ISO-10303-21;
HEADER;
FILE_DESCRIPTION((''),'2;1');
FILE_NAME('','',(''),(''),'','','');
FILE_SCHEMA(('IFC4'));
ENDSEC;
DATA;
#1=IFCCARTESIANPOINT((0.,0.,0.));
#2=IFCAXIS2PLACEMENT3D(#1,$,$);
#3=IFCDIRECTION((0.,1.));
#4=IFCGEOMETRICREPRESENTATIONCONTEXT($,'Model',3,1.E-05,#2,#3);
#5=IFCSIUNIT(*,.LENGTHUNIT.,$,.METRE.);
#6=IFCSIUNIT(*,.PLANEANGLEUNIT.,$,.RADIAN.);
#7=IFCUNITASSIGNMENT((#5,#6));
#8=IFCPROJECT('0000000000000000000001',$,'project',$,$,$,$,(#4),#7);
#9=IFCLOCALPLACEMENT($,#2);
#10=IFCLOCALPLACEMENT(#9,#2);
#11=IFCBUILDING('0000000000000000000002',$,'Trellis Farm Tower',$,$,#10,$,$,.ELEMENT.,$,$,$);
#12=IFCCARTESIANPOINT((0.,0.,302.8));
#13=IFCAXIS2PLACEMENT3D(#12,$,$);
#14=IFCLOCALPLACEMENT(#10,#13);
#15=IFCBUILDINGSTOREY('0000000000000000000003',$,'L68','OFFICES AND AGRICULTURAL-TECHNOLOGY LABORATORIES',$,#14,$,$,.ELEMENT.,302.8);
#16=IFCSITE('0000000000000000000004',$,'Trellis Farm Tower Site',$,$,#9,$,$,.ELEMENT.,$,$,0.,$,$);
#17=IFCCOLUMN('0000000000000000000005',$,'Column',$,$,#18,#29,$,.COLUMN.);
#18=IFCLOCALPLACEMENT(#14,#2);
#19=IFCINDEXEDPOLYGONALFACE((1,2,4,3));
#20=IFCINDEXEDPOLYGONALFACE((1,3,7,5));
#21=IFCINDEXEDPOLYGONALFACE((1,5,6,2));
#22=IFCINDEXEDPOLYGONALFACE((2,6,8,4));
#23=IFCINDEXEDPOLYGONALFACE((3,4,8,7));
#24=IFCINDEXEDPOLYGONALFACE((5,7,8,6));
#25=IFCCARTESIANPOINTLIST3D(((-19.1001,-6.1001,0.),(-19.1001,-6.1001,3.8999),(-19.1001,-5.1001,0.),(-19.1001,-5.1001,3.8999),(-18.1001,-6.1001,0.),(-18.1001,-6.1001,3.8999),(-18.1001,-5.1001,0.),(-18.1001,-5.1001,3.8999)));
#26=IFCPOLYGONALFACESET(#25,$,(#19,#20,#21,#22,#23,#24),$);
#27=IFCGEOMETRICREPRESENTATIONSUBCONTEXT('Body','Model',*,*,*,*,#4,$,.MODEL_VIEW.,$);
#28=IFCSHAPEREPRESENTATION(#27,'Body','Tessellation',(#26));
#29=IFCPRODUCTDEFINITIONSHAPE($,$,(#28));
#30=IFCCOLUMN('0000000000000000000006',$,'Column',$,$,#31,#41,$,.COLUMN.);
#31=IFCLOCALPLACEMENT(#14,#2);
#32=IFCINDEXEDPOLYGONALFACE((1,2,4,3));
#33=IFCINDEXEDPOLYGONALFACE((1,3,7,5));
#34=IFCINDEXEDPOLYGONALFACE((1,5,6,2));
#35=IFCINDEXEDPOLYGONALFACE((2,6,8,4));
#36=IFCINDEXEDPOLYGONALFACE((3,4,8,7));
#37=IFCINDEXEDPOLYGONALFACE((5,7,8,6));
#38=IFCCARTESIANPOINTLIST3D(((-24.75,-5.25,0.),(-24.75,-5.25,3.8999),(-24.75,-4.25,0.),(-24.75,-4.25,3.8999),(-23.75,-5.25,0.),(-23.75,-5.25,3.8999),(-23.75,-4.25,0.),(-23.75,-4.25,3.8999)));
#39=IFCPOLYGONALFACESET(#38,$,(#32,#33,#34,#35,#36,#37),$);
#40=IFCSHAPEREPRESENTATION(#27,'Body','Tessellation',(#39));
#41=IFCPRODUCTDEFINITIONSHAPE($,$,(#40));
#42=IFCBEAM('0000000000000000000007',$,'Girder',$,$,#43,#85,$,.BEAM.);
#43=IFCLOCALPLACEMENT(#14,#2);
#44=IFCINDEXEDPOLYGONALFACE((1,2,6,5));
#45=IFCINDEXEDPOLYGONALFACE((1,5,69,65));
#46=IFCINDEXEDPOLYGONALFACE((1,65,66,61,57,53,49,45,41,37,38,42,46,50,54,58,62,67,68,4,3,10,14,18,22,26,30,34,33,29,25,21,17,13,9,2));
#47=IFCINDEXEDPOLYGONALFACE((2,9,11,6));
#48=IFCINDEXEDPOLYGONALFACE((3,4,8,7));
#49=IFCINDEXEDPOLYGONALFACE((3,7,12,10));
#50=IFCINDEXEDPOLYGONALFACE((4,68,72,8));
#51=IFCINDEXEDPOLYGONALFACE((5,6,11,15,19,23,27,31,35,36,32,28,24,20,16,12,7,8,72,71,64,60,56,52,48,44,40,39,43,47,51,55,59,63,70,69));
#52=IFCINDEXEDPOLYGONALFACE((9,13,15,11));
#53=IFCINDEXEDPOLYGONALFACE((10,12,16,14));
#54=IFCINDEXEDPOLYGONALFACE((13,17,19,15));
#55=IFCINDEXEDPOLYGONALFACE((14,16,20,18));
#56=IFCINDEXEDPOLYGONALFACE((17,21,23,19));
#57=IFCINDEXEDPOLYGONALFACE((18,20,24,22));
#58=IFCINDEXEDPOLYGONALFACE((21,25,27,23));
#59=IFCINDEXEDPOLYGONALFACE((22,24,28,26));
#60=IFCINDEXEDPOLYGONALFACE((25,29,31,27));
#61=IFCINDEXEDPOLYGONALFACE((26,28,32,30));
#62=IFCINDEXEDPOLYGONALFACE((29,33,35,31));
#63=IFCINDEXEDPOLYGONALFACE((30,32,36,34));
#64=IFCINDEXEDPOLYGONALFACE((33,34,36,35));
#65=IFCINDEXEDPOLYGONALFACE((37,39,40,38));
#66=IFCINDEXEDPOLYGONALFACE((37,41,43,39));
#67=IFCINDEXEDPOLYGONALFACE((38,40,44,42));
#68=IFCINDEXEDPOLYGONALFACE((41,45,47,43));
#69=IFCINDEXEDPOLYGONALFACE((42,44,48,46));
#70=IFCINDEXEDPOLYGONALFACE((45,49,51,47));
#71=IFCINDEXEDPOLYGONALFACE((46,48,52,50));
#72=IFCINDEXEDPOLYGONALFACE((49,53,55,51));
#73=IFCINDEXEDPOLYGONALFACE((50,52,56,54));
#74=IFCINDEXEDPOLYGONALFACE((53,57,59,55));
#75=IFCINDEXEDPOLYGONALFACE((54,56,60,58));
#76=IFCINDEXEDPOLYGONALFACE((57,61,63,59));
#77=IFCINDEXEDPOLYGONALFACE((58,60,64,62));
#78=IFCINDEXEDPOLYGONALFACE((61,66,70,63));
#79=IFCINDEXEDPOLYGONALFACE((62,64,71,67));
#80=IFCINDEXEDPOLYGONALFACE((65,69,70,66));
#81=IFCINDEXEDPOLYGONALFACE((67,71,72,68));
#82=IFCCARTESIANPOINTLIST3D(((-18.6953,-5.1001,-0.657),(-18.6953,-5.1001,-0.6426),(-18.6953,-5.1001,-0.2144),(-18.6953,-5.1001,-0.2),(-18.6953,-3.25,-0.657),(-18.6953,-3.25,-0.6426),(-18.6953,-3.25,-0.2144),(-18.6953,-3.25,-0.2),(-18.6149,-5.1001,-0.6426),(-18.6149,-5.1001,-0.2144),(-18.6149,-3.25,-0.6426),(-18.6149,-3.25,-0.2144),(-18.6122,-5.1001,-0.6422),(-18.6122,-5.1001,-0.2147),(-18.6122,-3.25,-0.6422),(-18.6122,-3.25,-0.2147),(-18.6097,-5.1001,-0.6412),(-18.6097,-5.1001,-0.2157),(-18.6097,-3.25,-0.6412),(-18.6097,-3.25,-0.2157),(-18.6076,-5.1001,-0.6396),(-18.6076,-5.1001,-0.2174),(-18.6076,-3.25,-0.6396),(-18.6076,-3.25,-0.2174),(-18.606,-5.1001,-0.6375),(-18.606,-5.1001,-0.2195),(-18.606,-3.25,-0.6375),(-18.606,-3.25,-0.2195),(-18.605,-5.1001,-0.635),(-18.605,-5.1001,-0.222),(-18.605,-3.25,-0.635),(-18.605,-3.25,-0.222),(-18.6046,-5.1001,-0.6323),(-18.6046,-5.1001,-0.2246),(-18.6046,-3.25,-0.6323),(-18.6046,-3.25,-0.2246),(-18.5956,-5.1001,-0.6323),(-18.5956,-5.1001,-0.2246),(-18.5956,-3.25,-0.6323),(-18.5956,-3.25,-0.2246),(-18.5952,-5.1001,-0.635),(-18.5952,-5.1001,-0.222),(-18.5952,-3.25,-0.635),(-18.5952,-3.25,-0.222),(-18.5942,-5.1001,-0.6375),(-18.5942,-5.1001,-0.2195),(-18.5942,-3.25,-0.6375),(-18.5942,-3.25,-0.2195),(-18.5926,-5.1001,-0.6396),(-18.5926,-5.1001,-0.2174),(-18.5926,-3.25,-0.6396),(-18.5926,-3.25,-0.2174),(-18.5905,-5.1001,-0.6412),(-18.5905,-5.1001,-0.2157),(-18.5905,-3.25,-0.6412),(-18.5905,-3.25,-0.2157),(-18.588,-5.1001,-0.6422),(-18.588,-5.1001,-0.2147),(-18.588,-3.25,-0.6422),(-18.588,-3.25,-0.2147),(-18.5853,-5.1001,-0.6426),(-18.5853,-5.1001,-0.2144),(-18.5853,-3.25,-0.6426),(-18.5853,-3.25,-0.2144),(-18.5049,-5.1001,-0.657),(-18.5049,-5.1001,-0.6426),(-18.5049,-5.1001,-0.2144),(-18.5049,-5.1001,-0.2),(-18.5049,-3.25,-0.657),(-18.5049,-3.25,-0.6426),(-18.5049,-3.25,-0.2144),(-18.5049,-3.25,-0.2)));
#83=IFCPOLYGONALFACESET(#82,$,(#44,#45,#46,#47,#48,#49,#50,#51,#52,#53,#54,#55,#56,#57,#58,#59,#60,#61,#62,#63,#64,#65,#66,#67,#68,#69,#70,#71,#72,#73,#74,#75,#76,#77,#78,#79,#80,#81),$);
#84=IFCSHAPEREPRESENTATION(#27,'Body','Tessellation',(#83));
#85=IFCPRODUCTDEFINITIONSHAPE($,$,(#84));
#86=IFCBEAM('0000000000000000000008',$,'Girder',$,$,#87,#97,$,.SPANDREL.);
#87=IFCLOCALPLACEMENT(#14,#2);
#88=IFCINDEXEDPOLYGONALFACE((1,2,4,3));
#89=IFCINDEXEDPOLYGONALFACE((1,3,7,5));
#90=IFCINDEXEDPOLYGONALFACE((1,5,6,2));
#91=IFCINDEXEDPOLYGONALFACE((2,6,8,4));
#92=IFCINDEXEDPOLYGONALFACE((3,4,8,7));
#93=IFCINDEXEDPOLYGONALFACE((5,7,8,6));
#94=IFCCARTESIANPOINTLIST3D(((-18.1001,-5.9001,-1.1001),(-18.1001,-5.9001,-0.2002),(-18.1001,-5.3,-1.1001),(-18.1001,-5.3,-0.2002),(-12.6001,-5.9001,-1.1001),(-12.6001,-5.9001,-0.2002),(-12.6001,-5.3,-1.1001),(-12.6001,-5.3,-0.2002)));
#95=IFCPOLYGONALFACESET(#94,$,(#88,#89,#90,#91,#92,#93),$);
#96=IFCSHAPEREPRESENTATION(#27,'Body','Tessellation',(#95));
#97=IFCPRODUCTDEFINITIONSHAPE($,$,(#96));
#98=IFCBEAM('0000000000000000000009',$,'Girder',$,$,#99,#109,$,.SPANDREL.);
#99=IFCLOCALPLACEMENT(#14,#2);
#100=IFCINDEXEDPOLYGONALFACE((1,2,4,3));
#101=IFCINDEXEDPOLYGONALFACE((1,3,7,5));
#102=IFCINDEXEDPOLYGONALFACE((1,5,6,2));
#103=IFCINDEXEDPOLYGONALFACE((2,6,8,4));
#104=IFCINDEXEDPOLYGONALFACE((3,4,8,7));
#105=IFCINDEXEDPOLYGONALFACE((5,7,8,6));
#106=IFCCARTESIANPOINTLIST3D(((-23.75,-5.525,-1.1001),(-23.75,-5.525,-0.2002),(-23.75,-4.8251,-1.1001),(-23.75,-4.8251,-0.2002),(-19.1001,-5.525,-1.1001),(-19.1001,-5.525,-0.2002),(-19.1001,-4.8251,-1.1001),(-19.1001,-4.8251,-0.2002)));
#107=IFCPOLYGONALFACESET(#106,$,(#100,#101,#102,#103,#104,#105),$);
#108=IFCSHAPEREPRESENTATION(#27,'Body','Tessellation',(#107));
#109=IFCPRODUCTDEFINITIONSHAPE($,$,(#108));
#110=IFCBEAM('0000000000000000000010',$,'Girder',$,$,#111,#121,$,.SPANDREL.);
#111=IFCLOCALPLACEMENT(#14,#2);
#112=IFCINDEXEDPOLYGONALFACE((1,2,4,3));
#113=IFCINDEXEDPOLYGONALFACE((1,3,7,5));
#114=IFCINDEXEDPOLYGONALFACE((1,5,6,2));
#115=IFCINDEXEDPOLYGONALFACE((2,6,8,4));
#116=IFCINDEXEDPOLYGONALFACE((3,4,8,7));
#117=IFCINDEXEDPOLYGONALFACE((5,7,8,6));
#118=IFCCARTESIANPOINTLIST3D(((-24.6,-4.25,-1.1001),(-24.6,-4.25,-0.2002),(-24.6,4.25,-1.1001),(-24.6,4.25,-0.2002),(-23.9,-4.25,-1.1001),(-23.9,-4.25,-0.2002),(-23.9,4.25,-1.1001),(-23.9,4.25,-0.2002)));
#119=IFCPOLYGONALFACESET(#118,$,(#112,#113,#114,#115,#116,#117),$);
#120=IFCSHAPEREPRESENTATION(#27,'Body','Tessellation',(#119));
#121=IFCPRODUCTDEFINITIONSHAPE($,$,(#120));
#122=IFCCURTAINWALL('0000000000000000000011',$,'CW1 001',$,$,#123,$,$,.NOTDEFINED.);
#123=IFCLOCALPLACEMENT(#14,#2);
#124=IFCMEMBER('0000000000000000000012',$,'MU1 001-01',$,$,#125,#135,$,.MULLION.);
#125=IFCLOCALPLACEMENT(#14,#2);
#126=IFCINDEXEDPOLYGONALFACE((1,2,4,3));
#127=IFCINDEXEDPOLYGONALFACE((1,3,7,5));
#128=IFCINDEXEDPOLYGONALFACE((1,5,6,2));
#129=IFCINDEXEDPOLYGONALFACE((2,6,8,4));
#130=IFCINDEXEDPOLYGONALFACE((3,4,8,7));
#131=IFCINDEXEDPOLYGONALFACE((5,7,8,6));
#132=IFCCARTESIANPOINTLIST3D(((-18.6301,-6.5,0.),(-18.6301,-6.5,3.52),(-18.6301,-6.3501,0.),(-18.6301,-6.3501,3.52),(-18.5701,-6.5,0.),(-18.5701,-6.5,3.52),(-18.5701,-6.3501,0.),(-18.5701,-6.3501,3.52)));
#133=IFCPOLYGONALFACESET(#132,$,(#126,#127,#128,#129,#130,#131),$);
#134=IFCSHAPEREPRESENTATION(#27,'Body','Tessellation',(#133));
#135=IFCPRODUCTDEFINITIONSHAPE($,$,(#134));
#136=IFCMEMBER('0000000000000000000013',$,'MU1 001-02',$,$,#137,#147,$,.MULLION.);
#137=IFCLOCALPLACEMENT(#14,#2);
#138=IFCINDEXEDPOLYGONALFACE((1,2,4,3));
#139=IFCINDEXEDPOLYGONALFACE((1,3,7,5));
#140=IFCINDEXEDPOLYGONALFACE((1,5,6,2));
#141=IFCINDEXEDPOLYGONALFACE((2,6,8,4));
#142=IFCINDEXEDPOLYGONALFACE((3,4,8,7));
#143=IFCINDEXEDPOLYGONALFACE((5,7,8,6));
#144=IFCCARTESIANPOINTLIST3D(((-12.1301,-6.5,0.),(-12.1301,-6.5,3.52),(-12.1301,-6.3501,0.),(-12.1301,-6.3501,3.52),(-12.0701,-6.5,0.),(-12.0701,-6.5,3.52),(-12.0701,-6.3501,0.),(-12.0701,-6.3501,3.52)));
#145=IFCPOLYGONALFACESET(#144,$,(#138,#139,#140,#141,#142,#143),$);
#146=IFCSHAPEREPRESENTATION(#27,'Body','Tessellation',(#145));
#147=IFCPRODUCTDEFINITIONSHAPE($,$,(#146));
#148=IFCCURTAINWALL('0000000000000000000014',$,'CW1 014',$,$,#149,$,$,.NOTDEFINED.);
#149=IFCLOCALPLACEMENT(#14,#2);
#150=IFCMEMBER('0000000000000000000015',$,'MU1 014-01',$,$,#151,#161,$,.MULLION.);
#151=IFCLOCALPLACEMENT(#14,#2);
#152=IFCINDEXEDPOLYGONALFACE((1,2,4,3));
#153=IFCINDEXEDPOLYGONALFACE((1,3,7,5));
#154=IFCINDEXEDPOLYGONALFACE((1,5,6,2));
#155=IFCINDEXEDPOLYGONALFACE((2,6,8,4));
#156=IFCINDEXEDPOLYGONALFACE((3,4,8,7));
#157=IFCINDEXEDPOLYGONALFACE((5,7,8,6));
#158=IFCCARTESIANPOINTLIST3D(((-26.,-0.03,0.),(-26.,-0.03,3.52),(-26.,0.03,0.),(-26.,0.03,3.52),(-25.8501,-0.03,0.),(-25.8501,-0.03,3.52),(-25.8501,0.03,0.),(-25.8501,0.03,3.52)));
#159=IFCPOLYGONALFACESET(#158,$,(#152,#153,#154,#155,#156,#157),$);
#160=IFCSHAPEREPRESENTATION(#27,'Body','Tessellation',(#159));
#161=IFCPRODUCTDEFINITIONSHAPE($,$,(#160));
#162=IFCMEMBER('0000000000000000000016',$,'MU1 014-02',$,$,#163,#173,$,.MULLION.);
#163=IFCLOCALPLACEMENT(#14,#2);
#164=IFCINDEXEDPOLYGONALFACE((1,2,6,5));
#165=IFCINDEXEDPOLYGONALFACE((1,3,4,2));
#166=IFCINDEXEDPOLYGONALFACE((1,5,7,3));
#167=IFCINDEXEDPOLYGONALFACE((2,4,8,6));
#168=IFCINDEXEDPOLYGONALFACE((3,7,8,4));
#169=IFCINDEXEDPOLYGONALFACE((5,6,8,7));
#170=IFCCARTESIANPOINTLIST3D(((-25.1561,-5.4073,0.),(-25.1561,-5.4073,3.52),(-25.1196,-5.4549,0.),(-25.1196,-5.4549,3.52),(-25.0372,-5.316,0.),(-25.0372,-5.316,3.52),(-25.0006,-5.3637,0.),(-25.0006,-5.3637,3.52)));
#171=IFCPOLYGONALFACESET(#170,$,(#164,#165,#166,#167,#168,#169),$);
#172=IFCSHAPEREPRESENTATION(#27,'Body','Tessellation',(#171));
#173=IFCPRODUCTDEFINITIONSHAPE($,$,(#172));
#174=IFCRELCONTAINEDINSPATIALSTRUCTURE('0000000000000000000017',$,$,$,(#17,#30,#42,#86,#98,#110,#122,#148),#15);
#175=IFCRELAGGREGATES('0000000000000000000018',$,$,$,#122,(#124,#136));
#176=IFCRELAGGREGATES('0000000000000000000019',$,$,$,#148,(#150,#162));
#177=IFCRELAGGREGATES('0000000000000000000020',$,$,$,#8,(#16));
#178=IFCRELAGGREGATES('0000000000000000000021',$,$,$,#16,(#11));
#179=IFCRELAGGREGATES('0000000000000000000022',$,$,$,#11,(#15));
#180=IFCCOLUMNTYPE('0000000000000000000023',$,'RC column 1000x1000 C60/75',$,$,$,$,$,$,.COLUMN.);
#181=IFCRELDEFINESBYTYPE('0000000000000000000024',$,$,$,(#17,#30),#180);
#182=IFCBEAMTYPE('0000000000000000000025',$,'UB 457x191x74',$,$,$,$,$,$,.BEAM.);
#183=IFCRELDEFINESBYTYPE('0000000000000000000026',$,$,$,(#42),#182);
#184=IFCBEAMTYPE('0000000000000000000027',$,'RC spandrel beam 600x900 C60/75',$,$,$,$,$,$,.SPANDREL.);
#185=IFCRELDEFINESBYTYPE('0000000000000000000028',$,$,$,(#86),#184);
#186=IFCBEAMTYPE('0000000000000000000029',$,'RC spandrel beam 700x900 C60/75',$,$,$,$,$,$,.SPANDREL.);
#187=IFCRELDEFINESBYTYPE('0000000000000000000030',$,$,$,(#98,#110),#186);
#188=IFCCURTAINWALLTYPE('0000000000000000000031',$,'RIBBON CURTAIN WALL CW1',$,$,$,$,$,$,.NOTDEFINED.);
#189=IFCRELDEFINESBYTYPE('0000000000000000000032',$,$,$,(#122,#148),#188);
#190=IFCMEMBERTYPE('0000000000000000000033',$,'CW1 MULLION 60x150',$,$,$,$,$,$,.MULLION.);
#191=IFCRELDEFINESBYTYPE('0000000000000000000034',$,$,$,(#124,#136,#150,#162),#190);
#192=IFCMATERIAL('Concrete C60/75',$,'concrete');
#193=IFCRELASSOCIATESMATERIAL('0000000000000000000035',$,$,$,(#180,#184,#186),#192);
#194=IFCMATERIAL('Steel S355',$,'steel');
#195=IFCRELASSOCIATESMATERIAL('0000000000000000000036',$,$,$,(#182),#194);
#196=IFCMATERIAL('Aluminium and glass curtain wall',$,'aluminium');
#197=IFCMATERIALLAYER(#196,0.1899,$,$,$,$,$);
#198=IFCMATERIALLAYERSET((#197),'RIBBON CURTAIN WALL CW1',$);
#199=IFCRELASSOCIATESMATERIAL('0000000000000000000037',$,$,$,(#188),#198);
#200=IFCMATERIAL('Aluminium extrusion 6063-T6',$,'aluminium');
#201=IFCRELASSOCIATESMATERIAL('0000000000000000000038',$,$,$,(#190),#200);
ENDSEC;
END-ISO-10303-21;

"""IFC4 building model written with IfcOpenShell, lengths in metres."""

from ifc_helpers import new_model, si_unit, direction, frame, origin, origin_2d, place, context, subcontext, project, spatial, rectangle, i_section, extrude, source, transform, mapped, material, layer, layer_set, material_profile, profile_set, type_object, element, aggregate, save


model = new_model("IFC4")

# Units and contexts
model_context = context("Model", 3, precision=1e-05, world=origin(), true_north=direction((0.0, 1.0)))
body_context = subcontext(model_context, "Body", "Model", "MODEL_VIEW")
ifc_project = project(units=[si_unit("LENGTHUNIT", "METRE"), si_unit("PLANEANGLEUNIT", "RADIAN")], contexts=[model_context])

# Site, building, storey
site_placement = place(None, origin())
site = spatial("IfcSite", under=ifc_project, at=site_placement, Name="Trellis Farm Tower Site", CompositionType="ELEMENT", RefElevation=0.0)
building_placement = place(site_placement, origin())
building = spatial("IfcBuilding", under=site, at=building_placement, Name="Trellis Farm Tower", CompositionType="ELEMENT")
storey_placement = place(building_placement, frame((0.0, 0.0, 302.8)))
storey = spatial("IfcBuildingStorey", under=building, at=storey_placement, Name="L68", Description="OFFICES AND AGRICULTURAL-TECHNOLOGY LABORATORIES", CompositionType="ELEMENT", Elevation=302.8)

# Columns
ifc_material_1 = material(Name="Concrete C60/75", Category="concrete")
ifc_material_profile_1 = material_profile(ifc_material_1, rectangle(XDim=1.0, YDim=1.0, at=origin_2d()), Name="RC column 1000x1000 C60/75")
ifc_profile_set_1 = profile_set([ifc_material_profile_1], Name="Concrete C60/75")
column_type = type_object("IfcColumnType", Name="RC column 1000x1000 C60/75", PredefinedType="COLUMN", material=ifc_profile_set_1)
shared_shape_1 = source(origin(), body_context, "Body", "SweptSolid", [
    extrude(rectangle(XDim=1.0, YDim=1.0, at=origin_2d()), origin(), (0.0, 0.0, 1.0), 3.8999),
])
for number, where, z_axis, x_axis, name in (
    (1, (-18.6001, -5.6001, 0.0), (0.0, 0.0, 1.0), (1.0, 0.0, 0.0), "Column"),
    (2, (-24.25, -4.75, 0.0), (0.0, 0.0, 1.0), (1.0, 0.0, 0.0), "Column"),
):
    element("IfcColumn", number, at=place(storey_placement, frame(where, z_axis=z_axis, x_axis=x_axis)), inside=storey, type_object=column_type, Name=name, PredefinedType="COLUMN", context=body_context, shape_type="MappedRepresentation", body=[
        mapped(shared_shape_1, transform((0.0, 0.0, 0.0))),
    ])

# Beams
ifc_material_2 = material(Name="Steel S355", Category="steel")
ifc_material_profile_2 = material_profile(ifc_material_2, i_section(OverallWidth=0.1904, OverallDepth=0.457, WebThickness=0.009, FlangeThickness=0.0144, FilletRadius=0.0103, at=origin_2d()), Name="UB 457x191x74")
ifc_profile_set_2 = profile_set([ifc_material_profile_2], Name="Steel S355")
beam_type_1 = type_object("IfcBeamType", Name="UB 457x191x74", PredefinedType="BEAM", material=ifc_profile_set_2)
shared_shape_2 = source(origin(), body_context, "Body", "SweptSolid", [
    extrude(i_section(OverallWidth=0.1904, OverallDepth=0.457, WebThickness=0.009, FlangeThickness=0.0144, FilletRadius=0.0103, at=origin_2d()), origin(), (0.0, 0.0, 1.0), 1.8501),
])
beam_1_placement = place(storey_placement, frame((-18.6001, -5.1001, -0.4285), z_axis=(0.0, 1.0, 0.0), x_axis=(-1.0, 0.0, 0.0)))
element("IfcBeam", 3, at=beam_1_placement, inside=storey, type_object=beam_type_1, Name="Girder", PredefinedType="BEAM", context=body_context, shape_type="MappedRepresentation", body=[
    mapped(shared_shape_2, transform((0.0, 0.0, 0.0))),
])
ifc_material_profile_3 = material_profile(ifc_material_1, rectangle(XDim=0.6001, YDim=0.8999, at=origin_2d()), Name="RC spandrel beam 600x900 C60/75")
ifc_profile_set_3 = profile_set([ifc_material_profile_3], Name="Concrete C60/75")
beam_type_2 = type_object("IfcBeamType", Name="RC spandrel beam 600x900 C60/75", PredefinedType="SPANDREL", material=ifc_profile_set_3)
shared_shape_3 = source(origin(), body_context, "Body", "SweptSolid", [
    extrude(rectangle(XDim=0.6001, YDim=0.8999, at=origin_2d()), origin(), (0.0, 0.0, 1.0), 5.5),
])
beam_2_placement = place(storey_placement, frame((-18.1001, -5.6001, -0.6501), z_axis=(1.0, 0.0, 0.0), x_axis=(0.0, 1.0, 0.0)))
element("IfcBeam", 4, at=beam_2_placement, inside=storey, type_object=beam_type_2, Name="Girder", PredefinedType="SPANDREL", context=body_context, shape_type="MappedRepresentation", body=[
    mapped(shared_shape_3, transform((0.0, 0.0, 0.0))),
])
ifc_material_profile_4 = material_profile(ifc_material_1, rectangle(XDim=0.7, YDim=0.8999, at=origin_2d()), Name="RC spandrel beam 700x900 C60/75")
ifc_profile_set_4 = profile_set([ifc_material_profile_4], Name="Concrete C60/75")
beam_type_3 = type_object("IfcBeamType", Name="RC spandrel beam 700x900 C60/75", PredefinedType="SPANDREL", material=ifc_profile_set_4)
shared_shape_4 = source(origin(), body_context, "Body", "SweptSolid", [
    extrude(rectangle(XDim=0.7, YDim=0.8999, at=origin_2d()), origin(), (0.0, 0.0, 1.0), 4.6499),
])
beam_3_placement = place(storey_placement, frame((-23.75, -5.175, -0.6501), z_axis=(1.0, 0.0, 0.0), x_axis=(0.0, 1.0, 0.0)))
element("IfcBeam", 5, at=beam_3_placement, inside=storey, type_object=beam_type_3, Name="Girder", PredefinedType="SPANDREL", context=body_context, shape_type="MappedRepresentation", body=[
    mapped(shared_shape_4, transform((0.0, 0.0, 0.0))),
])
shared_shape_5 = source(origin(), body_context, "Body", "SweptSolid", [
    extrude(rectangle(XDim=0.7, YDim=0.8999, at=origin_2d()), origin(), (0.0, 0.0, 1.0), 8.5),
])
beam_4_placement = place(storey_placement, frame((-24.25, -4.25, -0.6501), z_axis=(0.0, 1.0, 0.0), x_axis=(-1.0, 0.0, 0.0)))
element("IfcBeam", 6, at=beam_4_placement, inside=storey, type_object=beam_type_3, Name="Girder", PredefinedType="SPANDREL", context=body_context, shape_type="MappedRepresentation", body=[
    mapped(shared_shape_5, transform((0.0, 0.0, 0.0))),
])

# Curtain walls, members
ifc_material_3 = material(Name="Aluminium and glass curtain wall", Category="aluminium")
ifc_layer_1 = layer(ifc_material_3, 0.1899)
ifc_layer_set_1 = layer_set([ifc_layer_1], Name="RIBBON CURTAIN WALL CW1")
curtain_wall_type = type_object("IfcCurtainWallType", Name="RIBBON CURTAIN WALL CW1", PredefinedType="NOTDEFINED", material=ifc_layer_set_1)
placement = place(storey_placement, origin())
curtain_wall_1 = element("IfcCurtainWall", 7, at=placement, inside=storey, type_object=curtain_wall_type, Name="CW1 001", PredefinedType="NOTDEFINED")
ifc_material_4 = material(Name="Aluminium extrusion 6063-T6", Category="aluminium")
ifc_material_profile_5 = material_profile(ifc_material_4, rectangle(XDim=0.0601, YDim=0.1499, at=origin_2d()), Name="MULLION 60x150")
ifc_profile_set_5 = profile_set([ifc_material_profile_5], Name="Aluminium extrusion 6063-T6")
member_type = type_object("IfcMemberType", Name="CW1 MULLION 60x150", PredefinedType="MULLION", material=ifc_profile_set_5)
shared_shape_6 = source(origin(), body_context, "Body", "SweptSolid", [
    extrude(rectangle(XDim=0.0601, YDim=0.1499, at=origin_2d()), origin(), (0.0, 0.0, 1.0), 3.52),
])
member_1_placement = place(storey_placement, frame((-18.6001, -6.425, 0.0), z_axis=(0.0, 0.0, 1.0), x_axis=(1.0, 0.0, 0.0)))
member_1 = element("IfcMember", 8, at=member_1_placement, type_object=member_type, Name="MU1 001-01", PredefinedType="MULLION", context=body_context, shape_type="MappedRepresentation", body=[
    mapped(shared_shape_6, transform((0.0, 0.0, 0.0))),
])
member_2_placement = place(storey_placement, frame((-12.1001, -6.425, 0.0), z_axis=(0.0, 0.0, 1.0), x_axis=(1.0, 0.0, 0.0)))
member_2 = element("IfcMember", 9, at=member_2_placement, type_object=member_type, Name="MU1 001-02", PredefinedType="MULLION", context=body_context, shape_type="MappedRepresentation", body=[
    mapped(shared_shape_6, transform((0.0, 0.0, 0.0))),
])
aggregate(curtain_wall_1, [member_1, member_2])
curtain_wall_2 = element("IfcCurtainWall", 10, at=placement, inside=storey, type_object=curtain_wall_type, Name="CW1 014", PredefinedType="NOTDEFINED")
member_3_placement = place(storey_placement, frame((-25.925, 0.0, 0.0), z_axis=(0.0, 0.0, 1.0), x_axis=(0.0, -1.0, 0.0)))
member_3 = element("IfcMember", 11, at=member_3_placement, type_object=member_type, Name="MU1 014-01", PredefinedType="MULLION", context=body_context, shape_type="MappedRepresentation", body=[
    mapped(shared_shape_6, transform((0.0, 0.0, 0.0))),
])
member_4_placement = place(storey_placement, frame((-25.0784, -5.3855, 0.0), z_axis=(0.0, 0.0, 1.0), x_axis=(0.608761, -0.793353, 0.0)))
member_4 = element("IfcMember", 12, at=member_4_placement, type_object=member_type, Name="MU1 014-02", PredefinedType="MULLION", context=body_context, shape_type="MappedRepresentation", body=[
    mapped(shared_shape_6, transform((0.0, 0.0, 0.0))),
])
aggregate(curtain_wall_2, [member_3, member_4])

save(model, "model.ifc")
